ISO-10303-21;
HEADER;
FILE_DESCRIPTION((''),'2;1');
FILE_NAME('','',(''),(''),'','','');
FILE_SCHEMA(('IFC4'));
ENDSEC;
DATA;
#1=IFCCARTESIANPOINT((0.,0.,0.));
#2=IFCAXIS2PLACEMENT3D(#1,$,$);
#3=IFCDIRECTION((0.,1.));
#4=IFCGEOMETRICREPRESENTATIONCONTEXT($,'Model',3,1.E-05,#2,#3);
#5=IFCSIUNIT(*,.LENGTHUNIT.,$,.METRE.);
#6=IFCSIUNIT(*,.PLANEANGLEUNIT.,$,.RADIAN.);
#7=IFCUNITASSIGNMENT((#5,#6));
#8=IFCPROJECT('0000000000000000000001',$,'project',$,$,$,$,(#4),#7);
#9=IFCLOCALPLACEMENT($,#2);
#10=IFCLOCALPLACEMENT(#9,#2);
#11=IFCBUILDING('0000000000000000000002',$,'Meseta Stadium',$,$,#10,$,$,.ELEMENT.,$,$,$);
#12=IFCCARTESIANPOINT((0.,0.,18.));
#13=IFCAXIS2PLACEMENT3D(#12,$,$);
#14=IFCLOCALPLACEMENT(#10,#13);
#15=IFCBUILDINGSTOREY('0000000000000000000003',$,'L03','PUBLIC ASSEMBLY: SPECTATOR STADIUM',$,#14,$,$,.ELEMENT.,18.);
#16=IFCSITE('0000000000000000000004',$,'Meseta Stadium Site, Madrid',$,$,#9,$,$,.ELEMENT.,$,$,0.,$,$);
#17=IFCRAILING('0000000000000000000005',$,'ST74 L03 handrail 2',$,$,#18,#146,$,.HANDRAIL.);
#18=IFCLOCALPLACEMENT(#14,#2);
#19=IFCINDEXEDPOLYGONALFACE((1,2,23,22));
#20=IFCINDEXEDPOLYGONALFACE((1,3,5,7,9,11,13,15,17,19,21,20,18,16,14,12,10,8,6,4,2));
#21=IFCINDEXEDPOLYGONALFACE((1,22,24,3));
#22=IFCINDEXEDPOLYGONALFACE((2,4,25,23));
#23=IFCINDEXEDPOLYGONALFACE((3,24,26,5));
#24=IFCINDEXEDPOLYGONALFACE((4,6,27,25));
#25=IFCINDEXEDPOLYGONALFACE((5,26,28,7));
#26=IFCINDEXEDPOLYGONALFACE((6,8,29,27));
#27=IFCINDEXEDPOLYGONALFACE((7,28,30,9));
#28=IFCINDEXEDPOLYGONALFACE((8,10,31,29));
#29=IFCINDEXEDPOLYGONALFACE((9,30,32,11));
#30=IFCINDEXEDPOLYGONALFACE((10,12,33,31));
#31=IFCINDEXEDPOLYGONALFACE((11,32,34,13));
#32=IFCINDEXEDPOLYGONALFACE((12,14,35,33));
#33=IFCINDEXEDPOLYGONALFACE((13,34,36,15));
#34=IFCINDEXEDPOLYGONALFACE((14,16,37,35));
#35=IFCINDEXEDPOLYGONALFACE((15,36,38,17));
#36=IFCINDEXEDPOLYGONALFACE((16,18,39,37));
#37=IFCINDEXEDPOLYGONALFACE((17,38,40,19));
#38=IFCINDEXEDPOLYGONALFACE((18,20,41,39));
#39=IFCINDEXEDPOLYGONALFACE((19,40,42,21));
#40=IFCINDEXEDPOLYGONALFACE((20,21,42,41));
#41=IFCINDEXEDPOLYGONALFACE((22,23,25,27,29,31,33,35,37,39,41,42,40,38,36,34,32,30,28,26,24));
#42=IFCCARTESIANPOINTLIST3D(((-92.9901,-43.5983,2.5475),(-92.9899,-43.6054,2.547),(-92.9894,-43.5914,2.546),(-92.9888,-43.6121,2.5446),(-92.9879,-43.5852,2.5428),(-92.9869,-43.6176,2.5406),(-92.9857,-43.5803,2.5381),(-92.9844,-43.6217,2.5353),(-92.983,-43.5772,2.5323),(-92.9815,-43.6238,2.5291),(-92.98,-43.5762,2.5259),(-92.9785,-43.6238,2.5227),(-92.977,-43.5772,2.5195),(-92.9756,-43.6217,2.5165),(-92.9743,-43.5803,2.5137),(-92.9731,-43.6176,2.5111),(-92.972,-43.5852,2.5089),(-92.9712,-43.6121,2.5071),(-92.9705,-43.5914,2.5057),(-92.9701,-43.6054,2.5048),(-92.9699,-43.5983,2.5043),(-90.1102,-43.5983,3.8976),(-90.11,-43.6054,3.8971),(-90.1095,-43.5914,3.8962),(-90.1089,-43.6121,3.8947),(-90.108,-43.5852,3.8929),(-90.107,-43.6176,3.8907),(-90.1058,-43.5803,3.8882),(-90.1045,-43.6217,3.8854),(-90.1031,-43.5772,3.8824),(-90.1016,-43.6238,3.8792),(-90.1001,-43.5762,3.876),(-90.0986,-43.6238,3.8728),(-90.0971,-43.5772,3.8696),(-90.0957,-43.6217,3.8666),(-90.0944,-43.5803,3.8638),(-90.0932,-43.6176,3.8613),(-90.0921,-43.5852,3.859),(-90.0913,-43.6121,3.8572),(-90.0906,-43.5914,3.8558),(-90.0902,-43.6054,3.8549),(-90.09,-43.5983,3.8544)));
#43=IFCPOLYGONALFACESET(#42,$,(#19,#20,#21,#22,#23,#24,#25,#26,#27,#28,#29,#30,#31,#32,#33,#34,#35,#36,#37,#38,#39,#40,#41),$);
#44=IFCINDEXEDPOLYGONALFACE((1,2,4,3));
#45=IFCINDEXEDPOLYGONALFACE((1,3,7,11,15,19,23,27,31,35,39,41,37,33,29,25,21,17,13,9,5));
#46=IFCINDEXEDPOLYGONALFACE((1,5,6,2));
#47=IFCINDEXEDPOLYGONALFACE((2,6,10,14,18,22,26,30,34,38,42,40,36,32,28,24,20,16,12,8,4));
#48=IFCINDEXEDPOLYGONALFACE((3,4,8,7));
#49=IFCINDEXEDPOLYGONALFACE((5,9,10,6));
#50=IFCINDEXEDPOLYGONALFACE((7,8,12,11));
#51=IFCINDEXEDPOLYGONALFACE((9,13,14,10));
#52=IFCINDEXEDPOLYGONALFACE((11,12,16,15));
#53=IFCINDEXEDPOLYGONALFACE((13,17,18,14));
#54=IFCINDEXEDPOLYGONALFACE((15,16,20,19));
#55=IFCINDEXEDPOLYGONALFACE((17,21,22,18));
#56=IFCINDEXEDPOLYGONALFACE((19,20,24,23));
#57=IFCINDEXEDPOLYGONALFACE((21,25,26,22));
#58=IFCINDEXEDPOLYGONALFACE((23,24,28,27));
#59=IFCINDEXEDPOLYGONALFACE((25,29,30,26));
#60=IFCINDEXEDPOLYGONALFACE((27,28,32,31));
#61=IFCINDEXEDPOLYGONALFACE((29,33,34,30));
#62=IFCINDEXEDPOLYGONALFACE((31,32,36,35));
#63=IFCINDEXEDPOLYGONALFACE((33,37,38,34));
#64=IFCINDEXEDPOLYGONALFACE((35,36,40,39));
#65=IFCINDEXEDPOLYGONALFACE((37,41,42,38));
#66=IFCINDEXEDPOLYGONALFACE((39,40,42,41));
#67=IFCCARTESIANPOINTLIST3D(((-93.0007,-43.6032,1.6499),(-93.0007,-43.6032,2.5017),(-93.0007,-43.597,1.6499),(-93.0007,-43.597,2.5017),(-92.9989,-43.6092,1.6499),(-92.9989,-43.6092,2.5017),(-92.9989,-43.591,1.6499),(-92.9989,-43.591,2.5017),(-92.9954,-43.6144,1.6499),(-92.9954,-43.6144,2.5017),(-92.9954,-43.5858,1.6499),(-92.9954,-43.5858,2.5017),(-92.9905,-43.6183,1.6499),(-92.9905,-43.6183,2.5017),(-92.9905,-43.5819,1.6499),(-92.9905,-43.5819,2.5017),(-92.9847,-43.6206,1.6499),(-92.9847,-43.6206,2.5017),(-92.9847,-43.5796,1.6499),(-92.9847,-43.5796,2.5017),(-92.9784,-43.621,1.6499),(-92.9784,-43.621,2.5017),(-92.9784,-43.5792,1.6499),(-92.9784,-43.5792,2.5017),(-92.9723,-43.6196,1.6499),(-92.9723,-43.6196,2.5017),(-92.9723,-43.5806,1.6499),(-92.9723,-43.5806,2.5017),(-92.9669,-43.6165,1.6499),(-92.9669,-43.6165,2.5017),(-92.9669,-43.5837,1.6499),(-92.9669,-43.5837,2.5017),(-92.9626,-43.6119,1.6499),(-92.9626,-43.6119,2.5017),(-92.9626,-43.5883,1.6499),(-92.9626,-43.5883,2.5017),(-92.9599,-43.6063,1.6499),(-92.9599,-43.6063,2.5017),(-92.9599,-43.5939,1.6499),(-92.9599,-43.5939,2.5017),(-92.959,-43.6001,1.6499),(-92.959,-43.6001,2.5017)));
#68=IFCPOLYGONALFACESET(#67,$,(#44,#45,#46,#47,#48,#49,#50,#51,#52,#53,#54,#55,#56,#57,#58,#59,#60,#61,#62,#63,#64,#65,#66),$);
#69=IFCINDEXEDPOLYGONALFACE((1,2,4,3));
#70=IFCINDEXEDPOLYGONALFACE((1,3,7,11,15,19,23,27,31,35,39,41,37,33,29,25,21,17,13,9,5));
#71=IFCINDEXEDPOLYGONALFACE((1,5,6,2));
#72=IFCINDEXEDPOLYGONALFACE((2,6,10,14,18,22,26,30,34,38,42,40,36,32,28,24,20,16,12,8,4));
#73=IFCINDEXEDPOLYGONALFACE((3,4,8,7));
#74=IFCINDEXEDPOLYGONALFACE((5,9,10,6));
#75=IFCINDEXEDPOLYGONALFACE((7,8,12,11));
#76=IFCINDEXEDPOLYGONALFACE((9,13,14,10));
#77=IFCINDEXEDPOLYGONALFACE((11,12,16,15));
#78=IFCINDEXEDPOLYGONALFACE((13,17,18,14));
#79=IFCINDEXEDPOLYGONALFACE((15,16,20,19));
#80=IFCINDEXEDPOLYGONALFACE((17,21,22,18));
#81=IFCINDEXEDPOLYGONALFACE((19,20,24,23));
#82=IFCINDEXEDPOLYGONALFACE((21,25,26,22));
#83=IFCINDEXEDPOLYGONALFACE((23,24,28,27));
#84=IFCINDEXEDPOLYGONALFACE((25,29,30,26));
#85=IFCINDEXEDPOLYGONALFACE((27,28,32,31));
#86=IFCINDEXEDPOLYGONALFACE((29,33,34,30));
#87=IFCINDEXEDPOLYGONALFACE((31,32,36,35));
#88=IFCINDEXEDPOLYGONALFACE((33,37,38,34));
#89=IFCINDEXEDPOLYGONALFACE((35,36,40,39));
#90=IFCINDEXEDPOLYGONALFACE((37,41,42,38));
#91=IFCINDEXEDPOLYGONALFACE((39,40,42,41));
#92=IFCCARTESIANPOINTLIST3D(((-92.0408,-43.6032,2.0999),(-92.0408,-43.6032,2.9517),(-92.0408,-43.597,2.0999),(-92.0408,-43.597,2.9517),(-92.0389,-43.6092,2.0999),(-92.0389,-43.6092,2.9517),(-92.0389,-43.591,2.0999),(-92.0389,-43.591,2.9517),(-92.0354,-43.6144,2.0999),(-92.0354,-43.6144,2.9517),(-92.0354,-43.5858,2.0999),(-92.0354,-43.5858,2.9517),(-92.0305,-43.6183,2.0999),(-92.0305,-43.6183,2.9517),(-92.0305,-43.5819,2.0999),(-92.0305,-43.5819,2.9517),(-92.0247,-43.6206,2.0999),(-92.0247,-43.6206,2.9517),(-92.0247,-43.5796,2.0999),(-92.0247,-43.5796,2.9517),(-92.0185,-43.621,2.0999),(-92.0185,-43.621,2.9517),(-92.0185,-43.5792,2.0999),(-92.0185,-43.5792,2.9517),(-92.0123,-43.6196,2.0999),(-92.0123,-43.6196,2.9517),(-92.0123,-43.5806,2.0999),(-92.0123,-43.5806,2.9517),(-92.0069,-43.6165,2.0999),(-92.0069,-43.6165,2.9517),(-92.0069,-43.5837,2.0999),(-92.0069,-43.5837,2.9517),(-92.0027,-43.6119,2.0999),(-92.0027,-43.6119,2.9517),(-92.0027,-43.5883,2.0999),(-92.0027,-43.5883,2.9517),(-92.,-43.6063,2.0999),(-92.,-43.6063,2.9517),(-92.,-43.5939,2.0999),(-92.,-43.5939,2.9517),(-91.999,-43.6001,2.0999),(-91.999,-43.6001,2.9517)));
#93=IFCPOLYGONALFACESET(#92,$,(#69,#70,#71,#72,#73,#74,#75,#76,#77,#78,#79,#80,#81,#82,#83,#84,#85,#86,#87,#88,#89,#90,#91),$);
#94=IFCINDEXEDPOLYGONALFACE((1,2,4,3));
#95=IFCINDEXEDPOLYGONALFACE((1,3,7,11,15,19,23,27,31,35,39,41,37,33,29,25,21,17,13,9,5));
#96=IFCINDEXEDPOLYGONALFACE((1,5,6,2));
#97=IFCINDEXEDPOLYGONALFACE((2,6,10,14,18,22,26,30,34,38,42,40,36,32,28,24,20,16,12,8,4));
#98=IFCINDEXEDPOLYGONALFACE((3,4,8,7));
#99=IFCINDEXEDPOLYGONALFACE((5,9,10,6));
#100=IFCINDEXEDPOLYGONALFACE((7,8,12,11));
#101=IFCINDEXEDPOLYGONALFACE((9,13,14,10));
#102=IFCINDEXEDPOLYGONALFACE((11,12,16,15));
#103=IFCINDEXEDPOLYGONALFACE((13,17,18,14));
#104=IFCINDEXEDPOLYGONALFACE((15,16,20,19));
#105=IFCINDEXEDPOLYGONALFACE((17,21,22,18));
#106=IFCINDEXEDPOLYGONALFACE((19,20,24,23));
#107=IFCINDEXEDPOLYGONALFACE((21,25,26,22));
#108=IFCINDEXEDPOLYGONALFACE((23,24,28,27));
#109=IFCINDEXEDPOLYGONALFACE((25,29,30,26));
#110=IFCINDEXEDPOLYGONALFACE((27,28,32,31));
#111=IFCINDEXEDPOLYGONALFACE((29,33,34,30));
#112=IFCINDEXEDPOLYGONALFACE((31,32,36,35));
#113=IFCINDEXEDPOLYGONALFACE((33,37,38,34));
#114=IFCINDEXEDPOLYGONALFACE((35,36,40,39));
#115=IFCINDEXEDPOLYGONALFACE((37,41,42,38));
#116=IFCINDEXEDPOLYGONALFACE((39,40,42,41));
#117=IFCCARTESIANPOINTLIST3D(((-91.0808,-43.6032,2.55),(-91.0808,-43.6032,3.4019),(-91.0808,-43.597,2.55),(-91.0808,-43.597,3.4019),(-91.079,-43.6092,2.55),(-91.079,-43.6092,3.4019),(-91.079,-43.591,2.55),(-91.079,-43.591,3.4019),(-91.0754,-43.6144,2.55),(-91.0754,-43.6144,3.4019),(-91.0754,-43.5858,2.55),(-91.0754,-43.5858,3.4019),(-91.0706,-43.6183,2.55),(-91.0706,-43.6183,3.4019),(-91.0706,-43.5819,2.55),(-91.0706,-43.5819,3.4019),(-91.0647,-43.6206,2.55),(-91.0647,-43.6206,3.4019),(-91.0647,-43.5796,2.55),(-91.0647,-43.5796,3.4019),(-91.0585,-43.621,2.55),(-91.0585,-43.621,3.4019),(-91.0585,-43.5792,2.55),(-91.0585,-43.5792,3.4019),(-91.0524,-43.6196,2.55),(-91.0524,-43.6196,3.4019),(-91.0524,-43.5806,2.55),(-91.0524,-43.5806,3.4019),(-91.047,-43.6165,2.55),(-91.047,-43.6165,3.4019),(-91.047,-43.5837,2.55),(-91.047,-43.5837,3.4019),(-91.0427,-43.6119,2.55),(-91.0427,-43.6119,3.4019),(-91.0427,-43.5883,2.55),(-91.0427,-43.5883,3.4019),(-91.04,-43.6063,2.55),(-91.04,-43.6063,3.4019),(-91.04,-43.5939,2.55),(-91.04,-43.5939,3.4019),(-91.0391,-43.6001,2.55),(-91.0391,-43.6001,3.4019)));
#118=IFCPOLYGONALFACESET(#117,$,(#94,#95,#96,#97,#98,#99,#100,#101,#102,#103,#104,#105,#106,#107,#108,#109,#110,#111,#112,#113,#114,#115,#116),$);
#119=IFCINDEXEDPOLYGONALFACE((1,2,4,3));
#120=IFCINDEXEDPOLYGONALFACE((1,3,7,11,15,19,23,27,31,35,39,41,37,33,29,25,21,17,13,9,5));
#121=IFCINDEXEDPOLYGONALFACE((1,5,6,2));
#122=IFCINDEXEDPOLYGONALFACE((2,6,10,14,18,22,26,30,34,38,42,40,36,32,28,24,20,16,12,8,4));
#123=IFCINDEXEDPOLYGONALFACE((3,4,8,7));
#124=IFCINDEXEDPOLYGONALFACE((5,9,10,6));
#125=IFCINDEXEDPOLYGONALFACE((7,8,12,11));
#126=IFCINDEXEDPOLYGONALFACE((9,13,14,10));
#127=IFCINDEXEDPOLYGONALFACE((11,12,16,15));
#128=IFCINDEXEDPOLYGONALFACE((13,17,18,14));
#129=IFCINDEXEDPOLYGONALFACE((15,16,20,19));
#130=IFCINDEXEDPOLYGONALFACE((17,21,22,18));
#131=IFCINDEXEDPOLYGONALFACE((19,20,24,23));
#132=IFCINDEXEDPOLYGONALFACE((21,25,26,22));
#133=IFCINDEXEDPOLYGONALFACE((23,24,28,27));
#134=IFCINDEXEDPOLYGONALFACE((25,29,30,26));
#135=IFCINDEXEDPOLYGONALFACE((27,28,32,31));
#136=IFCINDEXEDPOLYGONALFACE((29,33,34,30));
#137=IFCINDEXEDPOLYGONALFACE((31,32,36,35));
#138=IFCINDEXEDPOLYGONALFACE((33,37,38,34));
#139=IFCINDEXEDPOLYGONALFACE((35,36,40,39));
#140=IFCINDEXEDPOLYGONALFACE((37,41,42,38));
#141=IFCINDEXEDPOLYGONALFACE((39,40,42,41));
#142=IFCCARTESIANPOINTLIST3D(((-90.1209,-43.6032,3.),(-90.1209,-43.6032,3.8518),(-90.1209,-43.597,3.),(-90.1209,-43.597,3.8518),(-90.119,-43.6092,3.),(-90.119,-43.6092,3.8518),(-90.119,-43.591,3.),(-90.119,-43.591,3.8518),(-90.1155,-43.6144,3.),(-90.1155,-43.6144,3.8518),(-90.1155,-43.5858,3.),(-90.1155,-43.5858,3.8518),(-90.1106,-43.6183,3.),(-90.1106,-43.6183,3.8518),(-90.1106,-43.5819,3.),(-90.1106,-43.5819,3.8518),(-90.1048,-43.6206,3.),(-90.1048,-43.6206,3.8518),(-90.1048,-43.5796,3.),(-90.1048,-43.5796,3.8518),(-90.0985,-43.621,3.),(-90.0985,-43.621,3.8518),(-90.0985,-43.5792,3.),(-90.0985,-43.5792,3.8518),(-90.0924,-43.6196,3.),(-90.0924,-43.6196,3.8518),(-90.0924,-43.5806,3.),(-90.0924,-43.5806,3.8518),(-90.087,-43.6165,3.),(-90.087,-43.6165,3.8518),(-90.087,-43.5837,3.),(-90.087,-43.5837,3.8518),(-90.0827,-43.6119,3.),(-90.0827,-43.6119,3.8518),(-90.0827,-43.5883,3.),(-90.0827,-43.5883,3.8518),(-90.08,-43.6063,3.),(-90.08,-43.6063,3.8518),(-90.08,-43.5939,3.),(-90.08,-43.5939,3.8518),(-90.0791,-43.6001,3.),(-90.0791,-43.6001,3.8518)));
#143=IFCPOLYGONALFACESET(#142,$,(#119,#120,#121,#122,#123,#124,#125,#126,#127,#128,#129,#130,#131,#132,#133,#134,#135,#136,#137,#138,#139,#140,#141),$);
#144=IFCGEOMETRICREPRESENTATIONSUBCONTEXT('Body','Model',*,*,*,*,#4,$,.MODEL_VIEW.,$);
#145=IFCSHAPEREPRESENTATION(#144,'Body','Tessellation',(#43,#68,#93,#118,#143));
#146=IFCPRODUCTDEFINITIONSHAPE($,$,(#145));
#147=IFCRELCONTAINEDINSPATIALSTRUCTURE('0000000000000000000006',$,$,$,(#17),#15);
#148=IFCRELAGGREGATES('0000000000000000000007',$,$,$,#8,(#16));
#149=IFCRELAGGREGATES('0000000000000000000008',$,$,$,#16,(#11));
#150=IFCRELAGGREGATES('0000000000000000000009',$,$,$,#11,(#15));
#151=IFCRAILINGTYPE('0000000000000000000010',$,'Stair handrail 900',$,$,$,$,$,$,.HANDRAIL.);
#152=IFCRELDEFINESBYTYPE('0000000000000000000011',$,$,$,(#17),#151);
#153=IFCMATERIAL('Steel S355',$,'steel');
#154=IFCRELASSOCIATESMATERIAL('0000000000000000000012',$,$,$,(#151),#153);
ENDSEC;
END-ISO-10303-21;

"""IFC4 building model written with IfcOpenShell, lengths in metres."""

from ifc_helpers import new_model, si_unit, direction, frame, origin, origin_2d, place, context, subcontext, project, spatial, circle, extrude, material, type_object, element, save


model = new_model("IFC4")

# Units and contexts
model_context = context("Model", 3, precision=1e-05, world=origin(), true_north=direction((0.0, 1.0)))
body_context = subcontext(model_context, "Body", "Model", "MODEL_VIEW")
ifc_project = project(units=[si_unit("LENGTHUNIT", "METRE"), si_unit("PLANEANGLEUNIT", "RADIAN")], contexts=[model_context])

# Site, building, storey
site_placement = place(None, origin())
site = spatial("IfcSite", under=ifc_project, at=site_placement, Name="Meseta Stadium Site, Madrid", CompositionType="ELEMENT", RefElevation=0.0)
building_placement = place(site_placement, origin())
building = spatial("IfcBuilding", under=site, at=building_placement, Name="Meseta Stadium", CompositionType="ELEMENT")
storey_placement = place(building_placement, frame((0.0, 0.0, 18.0)))
storey = spatial("IfcBuildingStorey", under=building, at=storey_placement, Name="L03", Description="PUBLIC ASSEMBLY: SPECTATOR STADIUM", CompositionType="ELEMENT", Elevation=18.0)

# Railing
ifc_material_1 = material(Name="Steel S355", Category="steel")
railing_type_1 = type_object("IfcRailingType", Name="Stair handrail 900", PredefinedType="HANDRAIL", material=ifc_material_1)
for number, where, name in (
    (1, (-92.98, -43.6001, 1.6499), "ST74 L03 handrail 2"),
):
    element("IfcRailing", number, at=place(storey_placement, frame(where)), inside=storey, type_object=railing_type_1, Name=name, PredefinedType="HANDRAIL", context=body_context, shape_type="SweptSolid", body=[
        extrude(circle(Radius=0.0239, at=origin_2d()), frame((0.0, 0.0, 0.876), z_axis=(0.90544, 0.0, 0.424473), x_axis=(0.0, 1.0, 0.0)), (0.0, 0.0, 1.0), 3.1807),
        extrude(circle(Radius=0.021, at=origin_2d()), origin(), (0.0, 0.0, 1.0), 0.8518),
        extrude(circle(Radius=0.021, at=origin_2d()), frame((0.96, 0.0, 0.45)), (0.0, 0.0, 1.0), 0.8518),
        extrude(circle(Radius=0.021, at=origin_2d()), frame((1.9199, 0.0, 0.9001)), (0.0, 0.0, 1.0), 0.8518),
        extrude(circle(Radius=0.021, at=origin_2d()), frame((2.8799, 0.0, 1.3501)), (0.0, 0.0, 1.0), 0.8518),
    ])

save(model, "model.ifc")
